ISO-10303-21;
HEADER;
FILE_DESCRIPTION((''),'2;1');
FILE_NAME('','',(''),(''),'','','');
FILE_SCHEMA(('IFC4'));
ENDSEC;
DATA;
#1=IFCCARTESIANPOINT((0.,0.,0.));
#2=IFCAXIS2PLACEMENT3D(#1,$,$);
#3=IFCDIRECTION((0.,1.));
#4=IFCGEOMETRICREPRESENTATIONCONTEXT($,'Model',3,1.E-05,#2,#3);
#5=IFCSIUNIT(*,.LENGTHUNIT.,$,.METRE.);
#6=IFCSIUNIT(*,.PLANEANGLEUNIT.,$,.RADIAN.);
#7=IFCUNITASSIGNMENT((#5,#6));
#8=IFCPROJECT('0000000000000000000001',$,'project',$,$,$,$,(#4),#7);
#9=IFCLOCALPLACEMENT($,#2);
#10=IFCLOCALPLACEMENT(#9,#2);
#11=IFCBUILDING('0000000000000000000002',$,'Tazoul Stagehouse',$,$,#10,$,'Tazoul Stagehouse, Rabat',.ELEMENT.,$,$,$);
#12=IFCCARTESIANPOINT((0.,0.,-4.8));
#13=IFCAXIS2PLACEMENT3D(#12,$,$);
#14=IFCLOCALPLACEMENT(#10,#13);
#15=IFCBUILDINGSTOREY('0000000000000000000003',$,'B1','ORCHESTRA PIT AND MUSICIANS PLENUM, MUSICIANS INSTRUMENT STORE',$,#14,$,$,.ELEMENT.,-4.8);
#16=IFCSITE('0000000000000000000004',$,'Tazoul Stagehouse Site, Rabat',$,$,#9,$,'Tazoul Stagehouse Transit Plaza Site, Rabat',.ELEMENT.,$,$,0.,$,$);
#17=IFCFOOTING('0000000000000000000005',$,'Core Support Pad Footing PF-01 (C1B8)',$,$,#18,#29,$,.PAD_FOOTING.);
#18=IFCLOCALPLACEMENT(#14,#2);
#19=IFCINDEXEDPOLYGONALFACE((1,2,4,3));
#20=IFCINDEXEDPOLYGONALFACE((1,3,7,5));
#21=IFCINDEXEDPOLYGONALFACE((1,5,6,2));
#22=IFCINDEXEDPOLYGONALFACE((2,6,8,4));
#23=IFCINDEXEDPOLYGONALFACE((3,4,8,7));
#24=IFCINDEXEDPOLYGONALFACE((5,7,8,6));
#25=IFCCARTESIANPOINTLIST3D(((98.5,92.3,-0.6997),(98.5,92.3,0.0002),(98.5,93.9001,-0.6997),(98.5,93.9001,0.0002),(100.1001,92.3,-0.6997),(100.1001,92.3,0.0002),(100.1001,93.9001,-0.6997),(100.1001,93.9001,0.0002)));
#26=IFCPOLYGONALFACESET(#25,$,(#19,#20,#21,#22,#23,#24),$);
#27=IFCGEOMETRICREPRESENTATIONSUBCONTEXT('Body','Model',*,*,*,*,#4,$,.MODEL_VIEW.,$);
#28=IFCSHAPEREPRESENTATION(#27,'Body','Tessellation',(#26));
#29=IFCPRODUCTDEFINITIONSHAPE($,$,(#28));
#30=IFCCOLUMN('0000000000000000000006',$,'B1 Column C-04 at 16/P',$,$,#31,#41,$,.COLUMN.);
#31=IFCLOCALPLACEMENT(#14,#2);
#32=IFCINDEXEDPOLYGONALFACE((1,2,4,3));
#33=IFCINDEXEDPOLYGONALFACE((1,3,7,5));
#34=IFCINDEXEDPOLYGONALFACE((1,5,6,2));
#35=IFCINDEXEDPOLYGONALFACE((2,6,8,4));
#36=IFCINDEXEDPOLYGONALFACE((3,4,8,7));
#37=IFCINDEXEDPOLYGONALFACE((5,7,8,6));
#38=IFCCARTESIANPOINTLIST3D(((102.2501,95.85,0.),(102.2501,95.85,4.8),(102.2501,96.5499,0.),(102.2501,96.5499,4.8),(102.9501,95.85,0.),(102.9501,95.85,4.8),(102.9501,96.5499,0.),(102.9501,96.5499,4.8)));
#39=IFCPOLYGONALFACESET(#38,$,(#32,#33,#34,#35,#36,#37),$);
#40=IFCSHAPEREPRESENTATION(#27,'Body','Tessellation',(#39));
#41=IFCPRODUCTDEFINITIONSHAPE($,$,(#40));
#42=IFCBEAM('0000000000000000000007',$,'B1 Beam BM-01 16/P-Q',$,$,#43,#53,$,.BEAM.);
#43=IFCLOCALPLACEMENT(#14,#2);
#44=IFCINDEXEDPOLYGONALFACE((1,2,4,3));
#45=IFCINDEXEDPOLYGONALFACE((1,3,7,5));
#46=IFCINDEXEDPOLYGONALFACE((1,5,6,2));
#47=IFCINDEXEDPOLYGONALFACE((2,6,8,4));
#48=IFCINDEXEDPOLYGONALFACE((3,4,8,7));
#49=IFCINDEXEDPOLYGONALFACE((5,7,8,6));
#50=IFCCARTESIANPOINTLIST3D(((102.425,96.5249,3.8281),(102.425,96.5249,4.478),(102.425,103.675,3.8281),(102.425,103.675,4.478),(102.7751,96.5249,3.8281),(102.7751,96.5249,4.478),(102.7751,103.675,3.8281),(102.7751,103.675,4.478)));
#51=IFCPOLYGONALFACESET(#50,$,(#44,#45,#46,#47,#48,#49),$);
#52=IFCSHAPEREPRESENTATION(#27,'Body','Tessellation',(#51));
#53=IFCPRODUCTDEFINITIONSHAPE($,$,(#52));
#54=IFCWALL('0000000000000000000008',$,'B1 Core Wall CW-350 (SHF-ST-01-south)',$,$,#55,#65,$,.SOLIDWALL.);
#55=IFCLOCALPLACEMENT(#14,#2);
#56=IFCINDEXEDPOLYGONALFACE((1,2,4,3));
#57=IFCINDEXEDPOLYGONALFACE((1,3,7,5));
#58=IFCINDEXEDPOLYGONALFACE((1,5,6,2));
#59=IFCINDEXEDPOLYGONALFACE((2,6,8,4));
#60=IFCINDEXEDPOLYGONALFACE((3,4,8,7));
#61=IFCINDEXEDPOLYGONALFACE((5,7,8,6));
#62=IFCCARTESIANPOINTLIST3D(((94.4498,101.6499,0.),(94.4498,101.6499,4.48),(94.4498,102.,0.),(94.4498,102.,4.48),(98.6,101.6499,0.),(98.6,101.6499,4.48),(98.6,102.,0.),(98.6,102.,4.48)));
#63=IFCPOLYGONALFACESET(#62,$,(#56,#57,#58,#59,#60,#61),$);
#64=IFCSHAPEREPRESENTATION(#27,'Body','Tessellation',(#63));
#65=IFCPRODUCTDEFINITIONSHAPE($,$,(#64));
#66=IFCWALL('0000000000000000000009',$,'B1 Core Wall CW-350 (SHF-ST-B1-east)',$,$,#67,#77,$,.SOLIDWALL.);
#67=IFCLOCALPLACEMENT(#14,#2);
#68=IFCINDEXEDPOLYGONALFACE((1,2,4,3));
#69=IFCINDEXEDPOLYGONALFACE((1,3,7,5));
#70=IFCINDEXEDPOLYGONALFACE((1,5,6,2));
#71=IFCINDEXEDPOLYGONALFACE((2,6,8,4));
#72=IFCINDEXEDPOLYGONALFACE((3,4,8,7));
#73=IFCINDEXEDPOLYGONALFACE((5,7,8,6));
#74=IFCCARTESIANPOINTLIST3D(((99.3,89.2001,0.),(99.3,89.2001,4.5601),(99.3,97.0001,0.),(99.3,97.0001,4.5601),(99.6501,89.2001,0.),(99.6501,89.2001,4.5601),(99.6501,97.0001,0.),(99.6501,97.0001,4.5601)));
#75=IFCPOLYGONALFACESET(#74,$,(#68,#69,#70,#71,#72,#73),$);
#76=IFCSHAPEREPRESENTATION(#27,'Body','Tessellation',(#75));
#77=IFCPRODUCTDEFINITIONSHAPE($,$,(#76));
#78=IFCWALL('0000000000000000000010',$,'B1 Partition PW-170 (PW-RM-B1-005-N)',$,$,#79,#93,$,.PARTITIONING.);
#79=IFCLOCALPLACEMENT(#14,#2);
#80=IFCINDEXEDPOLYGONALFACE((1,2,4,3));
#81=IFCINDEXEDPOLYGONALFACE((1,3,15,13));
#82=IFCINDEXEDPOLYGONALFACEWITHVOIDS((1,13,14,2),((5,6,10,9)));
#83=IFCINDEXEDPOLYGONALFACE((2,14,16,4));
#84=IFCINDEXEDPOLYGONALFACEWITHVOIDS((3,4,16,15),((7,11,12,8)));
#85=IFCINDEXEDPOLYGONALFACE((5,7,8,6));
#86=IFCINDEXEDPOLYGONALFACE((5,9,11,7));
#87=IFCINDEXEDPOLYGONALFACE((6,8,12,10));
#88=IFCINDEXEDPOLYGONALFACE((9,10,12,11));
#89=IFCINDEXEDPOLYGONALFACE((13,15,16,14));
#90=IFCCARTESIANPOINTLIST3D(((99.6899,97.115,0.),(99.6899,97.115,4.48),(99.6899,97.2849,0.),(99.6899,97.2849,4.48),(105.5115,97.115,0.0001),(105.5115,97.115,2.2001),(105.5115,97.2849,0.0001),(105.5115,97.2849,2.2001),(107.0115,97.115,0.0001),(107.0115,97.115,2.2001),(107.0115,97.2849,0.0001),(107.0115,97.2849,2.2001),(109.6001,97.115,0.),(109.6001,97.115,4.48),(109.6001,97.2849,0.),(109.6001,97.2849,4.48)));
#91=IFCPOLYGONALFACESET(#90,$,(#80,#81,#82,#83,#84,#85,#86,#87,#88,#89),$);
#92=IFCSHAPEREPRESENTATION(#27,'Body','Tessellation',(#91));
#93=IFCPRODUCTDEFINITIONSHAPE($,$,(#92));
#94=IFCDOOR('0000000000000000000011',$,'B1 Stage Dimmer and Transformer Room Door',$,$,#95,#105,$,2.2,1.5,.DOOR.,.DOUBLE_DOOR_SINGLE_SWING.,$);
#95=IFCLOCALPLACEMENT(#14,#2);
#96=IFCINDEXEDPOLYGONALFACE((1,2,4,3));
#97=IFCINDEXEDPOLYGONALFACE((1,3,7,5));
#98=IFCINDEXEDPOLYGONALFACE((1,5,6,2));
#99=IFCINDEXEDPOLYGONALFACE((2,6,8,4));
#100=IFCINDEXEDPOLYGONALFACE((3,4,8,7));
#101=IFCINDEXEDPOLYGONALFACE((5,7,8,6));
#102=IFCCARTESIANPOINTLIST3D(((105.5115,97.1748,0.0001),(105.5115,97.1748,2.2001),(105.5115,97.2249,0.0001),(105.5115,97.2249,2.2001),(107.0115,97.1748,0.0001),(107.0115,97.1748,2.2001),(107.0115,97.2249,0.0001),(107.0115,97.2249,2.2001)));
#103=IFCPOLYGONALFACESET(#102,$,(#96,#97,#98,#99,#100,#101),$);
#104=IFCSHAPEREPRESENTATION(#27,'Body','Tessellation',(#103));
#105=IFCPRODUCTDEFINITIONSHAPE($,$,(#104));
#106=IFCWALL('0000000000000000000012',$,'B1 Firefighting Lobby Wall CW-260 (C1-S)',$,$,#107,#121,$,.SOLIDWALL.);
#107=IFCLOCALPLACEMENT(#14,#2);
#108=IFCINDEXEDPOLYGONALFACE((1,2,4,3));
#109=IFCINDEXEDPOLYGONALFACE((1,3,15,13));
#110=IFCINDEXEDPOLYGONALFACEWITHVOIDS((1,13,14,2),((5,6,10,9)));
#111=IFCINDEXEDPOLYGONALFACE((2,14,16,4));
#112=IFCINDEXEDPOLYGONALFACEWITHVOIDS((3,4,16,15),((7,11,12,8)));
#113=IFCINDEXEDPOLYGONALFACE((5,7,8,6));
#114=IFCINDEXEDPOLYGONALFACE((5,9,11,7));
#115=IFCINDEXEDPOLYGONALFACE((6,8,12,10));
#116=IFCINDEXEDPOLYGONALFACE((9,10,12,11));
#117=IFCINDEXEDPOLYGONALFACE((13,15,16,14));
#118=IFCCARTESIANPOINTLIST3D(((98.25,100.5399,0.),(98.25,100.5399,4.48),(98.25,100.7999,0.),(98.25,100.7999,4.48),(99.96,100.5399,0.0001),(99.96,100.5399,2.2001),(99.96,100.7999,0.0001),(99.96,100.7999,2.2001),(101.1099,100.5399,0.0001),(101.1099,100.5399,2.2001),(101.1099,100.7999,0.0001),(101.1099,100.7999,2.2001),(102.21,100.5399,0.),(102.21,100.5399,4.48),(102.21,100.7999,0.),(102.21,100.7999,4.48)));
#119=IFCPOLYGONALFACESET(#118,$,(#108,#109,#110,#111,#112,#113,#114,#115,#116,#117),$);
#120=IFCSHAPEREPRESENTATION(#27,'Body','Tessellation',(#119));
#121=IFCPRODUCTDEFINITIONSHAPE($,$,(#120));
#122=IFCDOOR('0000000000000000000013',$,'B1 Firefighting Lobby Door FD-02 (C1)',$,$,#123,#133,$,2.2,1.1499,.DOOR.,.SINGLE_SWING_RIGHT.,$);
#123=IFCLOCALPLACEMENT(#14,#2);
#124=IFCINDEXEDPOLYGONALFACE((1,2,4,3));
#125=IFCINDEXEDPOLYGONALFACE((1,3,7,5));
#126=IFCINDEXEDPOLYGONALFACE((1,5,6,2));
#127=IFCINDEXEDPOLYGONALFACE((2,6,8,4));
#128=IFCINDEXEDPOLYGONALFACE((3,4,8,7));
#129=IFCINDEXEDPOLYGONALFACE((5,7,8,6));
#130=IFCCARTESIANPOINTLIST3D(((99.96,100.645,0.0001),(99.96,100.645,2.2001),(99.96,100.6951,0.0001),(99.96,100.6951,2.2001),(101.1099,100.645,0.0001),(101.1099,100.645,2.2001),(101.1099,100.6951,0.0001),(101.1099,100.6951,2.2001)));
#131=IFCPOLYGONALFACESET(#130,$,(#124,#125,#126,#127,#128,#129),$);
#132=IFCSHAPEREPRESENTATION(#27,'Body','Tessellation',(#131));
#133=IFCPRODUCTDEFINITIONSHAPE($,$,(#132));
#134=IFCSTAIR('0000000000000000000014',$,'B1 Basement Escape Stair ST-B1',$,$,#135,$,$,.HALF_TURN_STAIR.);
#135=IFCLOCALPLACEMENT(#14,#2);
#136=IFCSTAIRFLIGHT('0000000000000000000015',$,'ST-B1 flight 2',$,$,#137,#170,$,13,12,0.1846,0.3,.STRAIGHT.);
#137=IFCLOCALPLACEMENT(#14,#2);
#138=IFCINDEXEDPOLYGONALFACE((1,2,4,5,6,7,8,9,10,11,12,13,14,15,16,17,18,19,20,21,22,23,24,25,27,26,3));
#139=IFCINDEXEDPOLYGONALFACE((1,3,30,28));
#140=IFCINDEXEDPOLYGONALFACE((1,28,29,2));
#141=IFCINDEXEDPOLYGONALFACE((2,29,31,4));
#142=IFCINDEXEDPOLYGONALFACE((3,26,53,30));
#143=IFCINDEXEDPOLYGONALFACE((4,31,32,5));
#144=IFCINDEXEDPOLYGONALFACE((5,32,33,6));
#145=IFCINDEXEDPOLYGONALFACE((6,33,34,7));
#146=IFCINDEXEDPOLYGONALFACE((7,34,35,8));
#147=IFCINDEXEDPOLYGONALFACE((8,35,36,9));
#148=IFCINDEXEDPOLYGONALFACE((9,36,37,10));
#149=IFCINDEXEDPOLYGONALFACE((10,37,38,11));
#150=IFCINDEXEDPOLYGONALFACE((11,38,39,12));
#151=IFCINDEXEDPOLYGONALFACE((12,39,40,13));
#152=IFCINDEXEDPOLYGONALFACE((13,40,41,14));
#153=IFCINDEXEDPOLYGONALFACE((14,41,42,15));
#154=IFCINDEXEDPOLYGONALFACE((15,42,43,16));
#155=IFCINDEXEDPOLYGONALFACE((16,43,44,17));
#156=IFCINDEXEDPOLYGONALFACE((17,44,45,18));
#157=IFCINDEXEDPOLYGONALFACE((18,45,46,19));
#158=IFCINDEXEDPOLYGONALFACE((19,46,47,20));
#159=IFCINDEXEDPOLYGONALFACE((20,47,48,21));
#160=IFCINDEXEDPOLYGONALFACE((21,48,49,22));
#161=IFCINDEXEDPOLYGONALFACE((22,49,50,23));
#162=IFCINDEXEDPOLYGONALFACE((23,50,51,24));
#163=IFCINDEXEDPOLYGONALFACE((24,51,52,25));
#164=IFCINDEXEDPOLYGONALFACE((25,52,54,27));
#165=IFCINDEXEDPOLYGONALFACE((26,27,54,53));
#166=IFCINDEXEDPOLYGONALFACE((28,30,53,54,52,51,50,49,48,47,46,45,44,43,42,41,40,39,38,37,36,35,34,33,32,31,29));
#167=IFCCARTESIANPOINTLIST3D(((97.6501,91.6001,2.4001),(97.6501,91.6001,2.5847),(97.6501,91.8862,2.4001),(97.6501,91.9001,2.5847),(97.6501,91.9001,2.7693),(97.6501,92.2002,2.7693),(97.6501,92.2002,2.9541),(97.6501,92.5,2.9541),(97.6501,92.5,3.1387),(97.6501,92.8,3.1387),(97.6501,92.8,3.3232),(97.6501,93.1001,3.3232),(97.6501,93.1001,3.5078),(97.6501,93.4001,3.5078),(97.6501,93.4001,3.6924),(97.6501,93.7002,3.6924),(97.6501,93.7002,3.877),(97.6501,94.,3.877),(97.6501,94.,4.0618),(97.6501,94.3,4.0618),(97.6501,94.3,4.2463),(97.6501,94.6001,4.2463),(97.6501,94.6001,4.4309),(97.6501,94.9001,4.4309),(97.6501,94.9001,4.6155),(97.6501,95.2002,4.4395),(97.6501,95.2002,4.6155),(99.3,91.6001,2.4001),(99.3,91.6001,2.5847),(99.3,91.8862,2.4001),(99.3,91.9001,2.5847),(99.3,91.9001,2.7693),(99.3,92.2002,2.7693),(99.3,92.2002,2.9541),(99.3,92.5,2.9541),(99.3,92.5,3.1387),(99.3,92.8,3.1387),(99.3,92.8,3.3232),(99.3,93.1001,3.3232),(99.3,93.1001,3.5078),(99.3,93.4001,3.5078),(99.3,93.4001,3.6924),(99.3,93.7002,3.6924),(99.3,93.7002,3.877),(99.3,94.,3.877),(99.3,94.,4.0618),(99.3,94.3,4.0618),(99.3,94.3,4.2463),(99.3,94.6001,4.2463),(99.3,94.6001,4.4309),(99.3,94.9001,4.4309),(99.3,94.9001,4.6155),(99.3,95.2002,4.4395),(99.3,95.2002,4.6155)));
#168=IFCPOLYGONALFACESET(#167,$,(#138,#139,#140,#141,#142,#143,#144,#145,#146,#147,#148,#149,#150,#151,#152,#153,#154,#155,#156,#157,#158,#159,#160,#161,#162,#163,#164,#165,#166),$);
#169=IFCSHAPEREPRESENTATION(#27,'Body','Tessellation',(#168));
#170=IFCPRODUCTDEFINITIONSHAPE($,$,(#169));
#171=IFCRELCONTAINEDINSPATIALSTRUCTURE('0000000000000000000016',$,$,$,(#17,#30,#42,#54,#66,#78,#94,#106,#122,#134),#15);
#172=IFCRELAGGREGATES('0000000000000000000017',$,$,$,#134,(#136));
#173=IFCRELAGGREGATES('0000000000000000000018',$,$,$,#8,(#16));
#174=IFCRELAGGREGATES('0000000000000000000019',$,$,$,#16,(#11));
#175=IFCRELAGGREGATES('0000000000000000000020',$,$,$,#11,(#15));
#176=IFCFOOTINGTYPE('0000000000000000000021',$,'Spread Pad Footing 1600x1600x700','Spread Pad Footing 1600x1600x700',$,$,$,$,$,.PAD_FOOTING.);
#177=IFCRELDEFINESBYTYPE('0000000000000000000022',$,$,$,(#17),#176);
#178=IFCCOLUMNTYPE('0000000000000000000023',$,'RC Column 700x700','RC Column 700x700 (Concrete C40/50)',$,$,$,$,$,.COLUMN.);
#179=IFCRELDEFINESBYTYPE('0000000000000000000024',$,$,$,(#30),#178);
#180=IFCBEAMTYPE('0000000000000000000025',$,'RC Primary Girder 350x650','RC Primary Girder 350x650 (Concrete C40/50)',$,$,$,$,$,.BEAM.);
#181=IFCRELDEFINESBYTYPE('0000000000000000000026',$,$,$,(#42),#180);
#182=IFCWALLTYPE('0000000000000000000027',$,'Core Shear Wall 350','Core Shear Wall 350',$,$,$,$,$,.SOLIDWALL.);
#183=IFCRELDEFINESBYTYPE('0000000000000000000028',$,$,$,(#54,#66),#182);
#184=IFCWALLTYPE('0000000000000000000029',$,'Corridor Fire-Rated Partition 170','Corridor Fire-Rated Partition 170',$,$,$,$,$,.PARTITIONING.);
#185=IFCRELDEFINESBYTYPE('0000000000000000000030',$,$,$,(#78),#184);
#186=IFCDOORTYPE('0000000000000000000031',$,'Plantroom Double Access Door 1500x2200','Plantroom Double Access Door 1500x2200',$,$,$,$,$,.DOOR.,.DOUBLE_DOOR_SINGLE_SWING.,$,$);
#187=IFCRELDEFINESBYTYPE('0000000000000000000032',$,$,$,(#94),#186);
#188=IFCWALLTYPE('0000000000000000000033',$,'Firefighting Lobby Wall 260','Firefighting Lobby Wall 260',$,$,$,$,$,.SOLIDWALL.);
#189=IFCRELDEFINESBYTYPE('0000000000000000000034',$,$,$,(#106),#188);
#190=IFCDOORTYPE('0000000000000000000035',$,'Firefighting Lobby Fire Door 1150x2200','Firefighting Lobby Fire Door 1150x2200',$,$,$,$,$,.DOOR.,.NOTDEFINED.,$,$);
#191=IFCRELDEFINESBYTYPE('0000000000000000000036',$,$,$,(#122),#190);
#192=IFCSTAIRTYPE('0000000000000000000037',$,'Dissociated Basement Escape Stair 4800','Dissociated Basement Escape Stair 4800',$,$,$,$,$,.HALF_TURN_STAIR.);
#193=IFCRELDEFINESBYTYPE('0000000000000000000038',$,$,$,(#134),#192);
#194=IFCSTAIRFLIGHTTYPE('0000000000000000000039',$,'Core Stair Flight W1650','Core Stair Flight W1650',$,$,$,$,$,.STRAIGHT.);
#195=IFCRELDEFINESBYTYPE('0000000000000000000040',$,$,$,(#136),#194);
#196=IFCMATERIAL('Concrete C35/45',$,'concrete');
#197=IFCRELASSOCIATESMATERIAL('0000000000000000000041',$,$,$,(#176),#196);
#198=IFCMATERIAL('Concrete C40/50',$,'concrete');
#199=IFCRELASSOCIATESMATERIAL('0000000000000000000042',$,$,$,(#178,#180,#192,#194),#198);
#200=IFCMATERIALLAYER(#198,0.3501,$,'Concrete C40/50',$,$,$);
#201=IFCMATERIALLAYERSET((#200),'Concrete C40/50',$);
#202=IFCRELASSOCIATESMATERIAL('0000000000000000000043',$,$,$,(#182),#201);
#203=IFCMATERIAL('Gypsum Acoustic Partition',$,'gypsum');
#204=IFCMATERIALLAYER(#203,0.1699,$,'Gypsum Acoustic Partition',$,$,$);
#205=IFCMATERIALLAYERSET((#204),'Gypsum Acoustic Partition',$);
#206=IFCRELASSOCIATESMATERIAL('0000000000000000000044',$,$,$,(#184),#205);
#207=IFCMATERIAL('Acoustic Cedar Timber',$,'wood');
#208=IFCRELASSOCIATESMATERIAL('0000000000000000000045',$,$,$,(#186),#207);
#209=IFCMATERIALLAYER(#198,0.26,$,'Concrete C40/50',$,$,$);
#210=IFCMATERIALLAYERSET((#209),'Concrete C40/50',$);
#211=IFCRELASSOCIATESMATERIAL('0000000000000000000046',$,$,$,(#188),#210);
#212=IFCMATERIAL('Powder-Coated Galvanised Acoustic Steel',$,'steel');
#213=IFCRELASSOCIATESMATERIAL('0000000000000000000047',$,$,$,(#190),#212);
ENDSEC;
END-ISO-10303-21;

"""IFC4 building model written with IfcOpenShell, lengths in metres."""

from ifc_helpers import new_model, si_unit, direction, frame, frame_2d, origin, origin_2d, place, context, subcontext, project, spatial, polyline, rectangle, outline, extrude, material, layer, layer_set, material_profile, profile_set, type_object, element, fill, aggregate, save


model = new_model("IFC4")

# Units and contexts
model_context = context("Model", 3, precision=1e-05, world=origin(), true_north=direction((0.0, 1.0)))
body_context = subcontext(model_context, "Body", "Model", "MODEL_VIEW")
ifc_project = project(units=[si_unit("LENGTHUNIT", "METRE"), si_unit("PLANEANGLEUNIT", "RADIAN")], contexts=[model_context])

# Site, building, storey
site_placement = place(None, origin())
site = spatial("IfcSite", under=ifc_project, at=site_placement, Name="Tazoul Stagehouse Site, Rabat", LongName="Tazoul Stagehouse Transit Plaza Site, Rabat", CompositionType="ELEMENT", RefElevation=0.0)
building_placement = place(site_placement, origin())
building = spatial("IfcBuilding", under=site, at=building_placement, Name="Tazoul Stagehouse", LongName="Tazoul Stagehouse, Rabat", CompositionType="ELEMENT")
storey_placement = place(building_placement, frame((0.0, 0.0, -4.8)))
storey = spatial("IfcBuildingStorey", under=building, at=storey_placement, Name="B1", Description="ORCHESTRA PIT AND MUSICIANS PLENUM, MUSICIANS INSTRUMENT STORE", CompositionType="ELEMENT", Elevation=-4.8)

# Shared definitions
ifc_material_1 = material(Name="Concrete C35/45", Category="concrete")

# Footing
footing_type_1 = type_object("IfcFootingType", Name="Spread Pad Footing 1600x1600x700", Description="Spread Pad Footing 1600x1600x700", PredefinedType="PAD_FOOTING", material=ifc_material_1)
for number, where, z_axis, x_axis, name in (
    (1, (99.3, 93.1001, -0.6997), (0.0, 0.0, 1.0), (1.0, 0.0, 0.0), "Core Support Pad Footing PF-01 (C1B8)"),
):
    element("IfcFooting", number, at=place(storey_placement, frame(where, z_axis=z_axis, x_axis=x_axis)), inside=storey, type_object=footing_type_1, Name=name, PredefinedType="PAD_FOOTING", context=body_context, shape_type="SweptSolid", body=[
        extrude(rectangle(XDim=1.6001, YDim=1.6001, at=origin_2d()), origin(), (0.0, 0.0, 1.0), 0.7),
    ])

# Column
ifc_material_2 = material(Name="Concrete C40/50", Category="concrete")
ifc_material_profile_1 = material_profile(ifc_material_2, rectangle(XDim=0.7, YDim=0.7, at=origin_2d()), Name="RC 700x700")
ifc_profile_set_1 = profile_set([ifc_material_profile_1], Name="Concrete C40/50")
column_type = type_object("IfcColumnType", Name="RC Column 700x700", Description="RC Column 700x700 (Concrete C40/50)", PredefinedType="COLUMN", material=ifc_profile_set_1)
column_placement = place(storey_placement, frame((102.6001, 96.2, 0.0), z_axis=(0.0, 0.0, 1.0), x_axis=(1.0, 0.0, 0.0)))
element("IfcColumn", 2, at=column_placement, inside=storey, type_object=column_type, Name="B1 Column C-04 at 16/P", PredefinedType="COLUMN", context=body_context, shape_type="SweptSolid", body=[
    extrude(rectangle(XDim=0.7, YDim=0.7, at=origin_2d()), origin(), (0.0, 0.0, 1.0), 4.8),
])

# Beam
ifc_material_profile_2 = material_profile(ifc_material_2, rectangle(XDim=0.3501, YDim=0.6499, at=origin_2d()), Name="RC 350x650")
ifc_profile_set_2 = profile_set([ifc_material_profile_2], Name="Concrete C40/50")
beam_type = type_object("IfcBeamType", Name="RC Primary Girder 350x650", Description="RC Primary Girder 350x650 (Concrete C40/50)", PredefinedType="BEAM", material=ifc_profile_set_2)
beam_placement = place(storey_placement, frame((102.6001, 96.5249, 4.1531), z_axis=(0.0, 1.0, 0.0), x_axis=(-1.0, 0.0, 0.0)))
element("IfcBeam", 3, at=beam_placement, inside=storey, type_object=beam_type, Name="B1 Beam BM-01 16/P-Q", PredefinedType="BEAM", context=body_context, shape_type="SweptSolid", body=[
    extrude(rectangle(XDim=0.3501, YDim=0.6499, at=origin_2d()), origin(), (0.0, 0.0, 1.0), 7.1501),
])

# Walls
ifc_layer_1 = layer(ifc_material_2, 0.3501, Name="Concrete C40/50")
ifc_layer_set_1 = layer_set([ifc_layer_1], Name="Concrete C40/50")
wall_type_1 = type_object("IfcWallType", Name="Core Shear Wall 350", Description="Core Shear Wall 350", PredefinedType="SOLIDWALL", material=ifc_layer_set_1)
wall_1_placement = place(storey_placement, frame((98.6001, 101.825, 0.0), z_axis=(0.0, 0.0, 1.0), x_axis=(-1.0, 0.0, 0.0)))
element("IfcWall", 4, at=wall_1_placement, inside=storey, type_object=wall_type_1, Name="B1 Core Wall CW-350 (SHF-ST-01-south)", PredefinedType="SOLIDWALL", context=body_context, shape_type="SweptSolid", body=[
    extrude(rectangle(XDim=4.1501, YDim=0.3501, at=frame_2d((2.0752, 0.0))), origin(), (0.0, 0.0, 1.0), 4.48),
])
wall_2_placement = place(storey_placement, frame((99.4751, 97.0, 0.0), z_axis=(0.0, 0.0, 1.0), x_axis=(0.0, -1.0, 0.0)))
element("IfcWall", 5, at=wall_2_placement, inside=storey, type_object=wall_type_1, Name="B1 Core Wall CW-350 (SHF-ST-B1-east)", PredefinedType="SOLIDWALL", context=body_context, shape_type="SweptSolid", body=[
    extrude(rectangle(XDim=7.8, YDim=0.3501, at=frame_2d((3.8999, 0.0))), origin(), (0.0, 0.0, 1.0), 4.5601),
])

# Walls, openings, doors
ifc_material_3 = material(Name="Gypsum Acoustic Partition", Category="gypsum")
ifc_layer_2 = layer(ifc_material_3, 0.1699, Name="Gypsum Acoustic Partition")
ifc_layer_set_2 = layer_set([ifc_layer_2], Name="Gypsum Acoustic Partition")
wall_type_2 = type_object("IfcWallType", Name="Corridor Fire-Rated Partition 170", Description="Corridor Fire-Rated Partition 170", PredefinedType="PARTITIONING", material=ifc_layer_set_2)
wall_3_placement = place(storey_placement, frame((99.6899, 97.2, 0.0), z_axis=(0.0, 0.0, 1.0), x_axis=(1.0, 0.0, 0.0)))
wall_3 = element("IfcWall", 6, at=wall_3_placement, inside=storey, type_object=wall_type_2, Name="B1 Partition PW-170 (PW-RM-B1-005-N)", PredefinedType="PARTITIONING", context=body_context, shape_type="SweptSolid", body=[
    extrude(rectangle(XDim=9.9102, YDim=0.1699, at=frame_2d((4.9551, 0.0))), origin(), (0.0, 0.0, 1.0), 4.48),
])
opening_1_placement = place(wall_3_placement, frame((5.8215, 0.0, 0.0)))
opening_1 = element("IfcOpeningElement", 7, at=opening_1_placement, cuts=wall_3, PredefinedType="OPENING", context=body_context, shape_type="SweptSolid", body=[
    extrude(rectangle(XDim=1.5, YDim=2.2, at=frame_2d((0.75, 1.1001))), frame((0.0, 0.105, 0.0), z_axis=(0.0, -1.0, 0.0), x_axis=(1.0, 0.0, 0.0)), (0.0, 0.0, 1.0), 0.21),
])
ifc_material_4 = material(Name="Acoustic Cedar Timber", Category="wood")
door_type_1 = type_object("IfcDoorType", Name="Plantroom Double Access Door 1500x2200", Description="Plantroom Double Access Door 1500x2200", OperationType="DOUBLE_DOOR_SINGLE_SWING", PredefinedType="DOOR", material=ifc_material_4)
door_1_placement = place(opening_1_placement, origin())
door_1 = element("IfcDoor", 8, at=door_1_placement, inside=storey, type_object=door_type_1, Name="B1 Stage Dimmer and Transformer Room Door", OperationType="DOUBLE_DOOR_SINGLE_SWING", OverallHeight=2.2, OverallWidth=1.5, PredefinedType="DOOR", context=body_context, shape_type="SweptSolid", body=[
    extrude(rectangle(XDim=1.5, YDim=2.2, at=frame_2d((0.75, 1.1001))), frame((0.0, 0.0249, 0.0), z_axis=(0.0, -1.0, 0.0), x_axis=(1.0, 0.0, 0.0)), (0.0, 0.0, 1.0), 0.05),
])
fill(opening_1, door_1)
ifc_layer_3 = layer(ifc_material_2, 0.26, Name="Concrete C40/50")
ifc_layer_set_3 = layer_set([ifc_layer_3], Name="Concrete C40/50")
wall_type_3 = type_object("IfcWallType", Name="Firefighting Lobby Wall 260", Description="Firefighting Lobby Wall 260", PredefinedType="SOLIDWALL", material=ifc_layer_set_3)
wall_4_placement = place(storey_placement, frame((102.21, 100.6699, 0.0), z_axis=(0.0, 0.0, 1.0), x_axis=(-1.0, 0.0, 0.0)))
wall_4 = element("IfcWall", 9, at=wall_4_placement, inside=storey, type_object=wall_type_3, Name="B1 Firefighting Lobby Wall CW-260 (C1-S)", PredefinedType="SOLIDWALL", context=body_context, shape_type="SweptSolid", body=[
    extrude(rectangle(XDim=3.96, YDim=0.26, at=frame_2d((1.98, 0.0))), origin(), (0.0, 0.0, 1.0), 4.48),
])
opening_2_placement = place(wall_4_placement, frame((1.1001, 0.0, 0.0)))
opening_2 = element("IfcOpeningElement", 10, at=opening_2_placement, cuts=wall_4, PredefinedType="OPENING", context=body_context, shape_type="SweptSolid", body=[
    extrude(rectangle(XDim=1.1499, YDim=2.2, at=frame_2d((0.575, 1.1001))), frame((0.0, 0.1499, 0.0), z_axis=(0.0, -1.0, 0.0), x_axis=(1.0, 0.0, 0.0)), (0.0, 0.0, 1.0), 0.3),
])
ifc_material_5 = material(Name="Powder-Coated Galvanised Acoustic Steel", Category="steel")
door_type_2 = type_object("IfcDoorType", Name="Firefighting Lobby Fire Door 1150x2200", Description="Firefighting Lobby Fire Door 1150x2200", OperationType="NOTDEFINED", PredefinedType="DOOR", material=ifc_material_5)
door_2_placement = place(opening_2_placement, origin())
door_2 = element("IfcDoor", 11, at=door_2_placement, inside=storey, type_object=door_type_2, Name="B1 Firefighting Lobby Door FD-02 (C1)", OperationType="SINGLE_SWING_RIGHT", OverallHeight=2.2, OverallWidth=1.1499, PredefinedType="DOOR", context=body_context, shape_type="SweptSolid", body=[
    extrude(rectangle(XDim=1.1499, YDim=2.2, at=frame_2d((0.575, 1.1001))), frame((0.0, 0.0249, 0.0), z_axis=(0.0, -1.0, 0.0), x_axis=(1.0, 0.0, 0.0)), (0.0, 0.0, 1.0), 0.05),
])
fill(opening_2, door_2)

# Stair, stair flight
stair_type = type_object("IfcStairType", Name="Dissociated Basement Escape Stair 4800", Description="Dissociated Basement Escape Stair 4800", PredefinedType="HALF_TURN_STAIR", material=ifc_material_2)
stair_placement = place(storey_placement, origin())
stair = element("IfcStair", 12, at=stair_placement, inside=storey, type_object=stair_type, Name="B1 Basement Escape Stair ST-B1", PredefinedType="HALF_TURN_STAIR")
stair_flight_type = type_object("IfcStairFlightType", Name="Core Stair Flight W1650", Description="Core Stair Flight W1650", PredefinedType="STRAIGHT", material=ifc_material_2)
stair_flight_placement = place(storey_placement, frame((98.4751, 91.6001, 2.4001), z_axis=(0.0, 0.0, 1.0), x_axis=(0.0, 1.0, 0.0)))
stair_flight = element("IfcStairFlight", 13, at=stair_flight_placement, type_object=stair_flight_type, Name="ST-B1 flight 2", NumberOfRisers=13, NumberOfTreads=12, PredefinedType="STRAIGHT", RiserHeight=0.1846, TreadLength=0.3, context=body_context, shape_type="SweptSolid", body=[
    extrude(outline(polyline([(0.0, 0.0), (0.0, 0.1846), (0.3, 0.1846), (0.3, 0.3691), (0.6001, 0.3691), (0.6001, 0.554), (0.8999, 0.554), (0.8999, 0.7385), (1.2, 0.7385), (1.2, 0.9231), (1.5, 0.9231), (1.5, 1.1077), (1.8, 1.1077), (1.8, 1.2922), (2.1001, 1.2922), (2.1001, 1.4768), (2.3999, 1.4768), (2.3999, 1.6616), (2.7, 1.6616), (2.7, 1.8462), (3.0, 1.8462), (3.0, 2.0308), (3.3, 2.0308), (3.3, 2.2153), (3.6001, 2.2153), (3.6001, 2.3999), (3.6001, 2.0393), (0.2861, 0.0), (0.0, 0.0)])), frame((0.0, 0.825, 0.0), z_axis=(0.0, -1.0, 0.0), x_axis=(1.0, 0.0, 0.0)), (0.0, 0.0, 1.0), 1.6499),
])
aggregate(stair, [stair_flight])

save(model, "model.ifc")
